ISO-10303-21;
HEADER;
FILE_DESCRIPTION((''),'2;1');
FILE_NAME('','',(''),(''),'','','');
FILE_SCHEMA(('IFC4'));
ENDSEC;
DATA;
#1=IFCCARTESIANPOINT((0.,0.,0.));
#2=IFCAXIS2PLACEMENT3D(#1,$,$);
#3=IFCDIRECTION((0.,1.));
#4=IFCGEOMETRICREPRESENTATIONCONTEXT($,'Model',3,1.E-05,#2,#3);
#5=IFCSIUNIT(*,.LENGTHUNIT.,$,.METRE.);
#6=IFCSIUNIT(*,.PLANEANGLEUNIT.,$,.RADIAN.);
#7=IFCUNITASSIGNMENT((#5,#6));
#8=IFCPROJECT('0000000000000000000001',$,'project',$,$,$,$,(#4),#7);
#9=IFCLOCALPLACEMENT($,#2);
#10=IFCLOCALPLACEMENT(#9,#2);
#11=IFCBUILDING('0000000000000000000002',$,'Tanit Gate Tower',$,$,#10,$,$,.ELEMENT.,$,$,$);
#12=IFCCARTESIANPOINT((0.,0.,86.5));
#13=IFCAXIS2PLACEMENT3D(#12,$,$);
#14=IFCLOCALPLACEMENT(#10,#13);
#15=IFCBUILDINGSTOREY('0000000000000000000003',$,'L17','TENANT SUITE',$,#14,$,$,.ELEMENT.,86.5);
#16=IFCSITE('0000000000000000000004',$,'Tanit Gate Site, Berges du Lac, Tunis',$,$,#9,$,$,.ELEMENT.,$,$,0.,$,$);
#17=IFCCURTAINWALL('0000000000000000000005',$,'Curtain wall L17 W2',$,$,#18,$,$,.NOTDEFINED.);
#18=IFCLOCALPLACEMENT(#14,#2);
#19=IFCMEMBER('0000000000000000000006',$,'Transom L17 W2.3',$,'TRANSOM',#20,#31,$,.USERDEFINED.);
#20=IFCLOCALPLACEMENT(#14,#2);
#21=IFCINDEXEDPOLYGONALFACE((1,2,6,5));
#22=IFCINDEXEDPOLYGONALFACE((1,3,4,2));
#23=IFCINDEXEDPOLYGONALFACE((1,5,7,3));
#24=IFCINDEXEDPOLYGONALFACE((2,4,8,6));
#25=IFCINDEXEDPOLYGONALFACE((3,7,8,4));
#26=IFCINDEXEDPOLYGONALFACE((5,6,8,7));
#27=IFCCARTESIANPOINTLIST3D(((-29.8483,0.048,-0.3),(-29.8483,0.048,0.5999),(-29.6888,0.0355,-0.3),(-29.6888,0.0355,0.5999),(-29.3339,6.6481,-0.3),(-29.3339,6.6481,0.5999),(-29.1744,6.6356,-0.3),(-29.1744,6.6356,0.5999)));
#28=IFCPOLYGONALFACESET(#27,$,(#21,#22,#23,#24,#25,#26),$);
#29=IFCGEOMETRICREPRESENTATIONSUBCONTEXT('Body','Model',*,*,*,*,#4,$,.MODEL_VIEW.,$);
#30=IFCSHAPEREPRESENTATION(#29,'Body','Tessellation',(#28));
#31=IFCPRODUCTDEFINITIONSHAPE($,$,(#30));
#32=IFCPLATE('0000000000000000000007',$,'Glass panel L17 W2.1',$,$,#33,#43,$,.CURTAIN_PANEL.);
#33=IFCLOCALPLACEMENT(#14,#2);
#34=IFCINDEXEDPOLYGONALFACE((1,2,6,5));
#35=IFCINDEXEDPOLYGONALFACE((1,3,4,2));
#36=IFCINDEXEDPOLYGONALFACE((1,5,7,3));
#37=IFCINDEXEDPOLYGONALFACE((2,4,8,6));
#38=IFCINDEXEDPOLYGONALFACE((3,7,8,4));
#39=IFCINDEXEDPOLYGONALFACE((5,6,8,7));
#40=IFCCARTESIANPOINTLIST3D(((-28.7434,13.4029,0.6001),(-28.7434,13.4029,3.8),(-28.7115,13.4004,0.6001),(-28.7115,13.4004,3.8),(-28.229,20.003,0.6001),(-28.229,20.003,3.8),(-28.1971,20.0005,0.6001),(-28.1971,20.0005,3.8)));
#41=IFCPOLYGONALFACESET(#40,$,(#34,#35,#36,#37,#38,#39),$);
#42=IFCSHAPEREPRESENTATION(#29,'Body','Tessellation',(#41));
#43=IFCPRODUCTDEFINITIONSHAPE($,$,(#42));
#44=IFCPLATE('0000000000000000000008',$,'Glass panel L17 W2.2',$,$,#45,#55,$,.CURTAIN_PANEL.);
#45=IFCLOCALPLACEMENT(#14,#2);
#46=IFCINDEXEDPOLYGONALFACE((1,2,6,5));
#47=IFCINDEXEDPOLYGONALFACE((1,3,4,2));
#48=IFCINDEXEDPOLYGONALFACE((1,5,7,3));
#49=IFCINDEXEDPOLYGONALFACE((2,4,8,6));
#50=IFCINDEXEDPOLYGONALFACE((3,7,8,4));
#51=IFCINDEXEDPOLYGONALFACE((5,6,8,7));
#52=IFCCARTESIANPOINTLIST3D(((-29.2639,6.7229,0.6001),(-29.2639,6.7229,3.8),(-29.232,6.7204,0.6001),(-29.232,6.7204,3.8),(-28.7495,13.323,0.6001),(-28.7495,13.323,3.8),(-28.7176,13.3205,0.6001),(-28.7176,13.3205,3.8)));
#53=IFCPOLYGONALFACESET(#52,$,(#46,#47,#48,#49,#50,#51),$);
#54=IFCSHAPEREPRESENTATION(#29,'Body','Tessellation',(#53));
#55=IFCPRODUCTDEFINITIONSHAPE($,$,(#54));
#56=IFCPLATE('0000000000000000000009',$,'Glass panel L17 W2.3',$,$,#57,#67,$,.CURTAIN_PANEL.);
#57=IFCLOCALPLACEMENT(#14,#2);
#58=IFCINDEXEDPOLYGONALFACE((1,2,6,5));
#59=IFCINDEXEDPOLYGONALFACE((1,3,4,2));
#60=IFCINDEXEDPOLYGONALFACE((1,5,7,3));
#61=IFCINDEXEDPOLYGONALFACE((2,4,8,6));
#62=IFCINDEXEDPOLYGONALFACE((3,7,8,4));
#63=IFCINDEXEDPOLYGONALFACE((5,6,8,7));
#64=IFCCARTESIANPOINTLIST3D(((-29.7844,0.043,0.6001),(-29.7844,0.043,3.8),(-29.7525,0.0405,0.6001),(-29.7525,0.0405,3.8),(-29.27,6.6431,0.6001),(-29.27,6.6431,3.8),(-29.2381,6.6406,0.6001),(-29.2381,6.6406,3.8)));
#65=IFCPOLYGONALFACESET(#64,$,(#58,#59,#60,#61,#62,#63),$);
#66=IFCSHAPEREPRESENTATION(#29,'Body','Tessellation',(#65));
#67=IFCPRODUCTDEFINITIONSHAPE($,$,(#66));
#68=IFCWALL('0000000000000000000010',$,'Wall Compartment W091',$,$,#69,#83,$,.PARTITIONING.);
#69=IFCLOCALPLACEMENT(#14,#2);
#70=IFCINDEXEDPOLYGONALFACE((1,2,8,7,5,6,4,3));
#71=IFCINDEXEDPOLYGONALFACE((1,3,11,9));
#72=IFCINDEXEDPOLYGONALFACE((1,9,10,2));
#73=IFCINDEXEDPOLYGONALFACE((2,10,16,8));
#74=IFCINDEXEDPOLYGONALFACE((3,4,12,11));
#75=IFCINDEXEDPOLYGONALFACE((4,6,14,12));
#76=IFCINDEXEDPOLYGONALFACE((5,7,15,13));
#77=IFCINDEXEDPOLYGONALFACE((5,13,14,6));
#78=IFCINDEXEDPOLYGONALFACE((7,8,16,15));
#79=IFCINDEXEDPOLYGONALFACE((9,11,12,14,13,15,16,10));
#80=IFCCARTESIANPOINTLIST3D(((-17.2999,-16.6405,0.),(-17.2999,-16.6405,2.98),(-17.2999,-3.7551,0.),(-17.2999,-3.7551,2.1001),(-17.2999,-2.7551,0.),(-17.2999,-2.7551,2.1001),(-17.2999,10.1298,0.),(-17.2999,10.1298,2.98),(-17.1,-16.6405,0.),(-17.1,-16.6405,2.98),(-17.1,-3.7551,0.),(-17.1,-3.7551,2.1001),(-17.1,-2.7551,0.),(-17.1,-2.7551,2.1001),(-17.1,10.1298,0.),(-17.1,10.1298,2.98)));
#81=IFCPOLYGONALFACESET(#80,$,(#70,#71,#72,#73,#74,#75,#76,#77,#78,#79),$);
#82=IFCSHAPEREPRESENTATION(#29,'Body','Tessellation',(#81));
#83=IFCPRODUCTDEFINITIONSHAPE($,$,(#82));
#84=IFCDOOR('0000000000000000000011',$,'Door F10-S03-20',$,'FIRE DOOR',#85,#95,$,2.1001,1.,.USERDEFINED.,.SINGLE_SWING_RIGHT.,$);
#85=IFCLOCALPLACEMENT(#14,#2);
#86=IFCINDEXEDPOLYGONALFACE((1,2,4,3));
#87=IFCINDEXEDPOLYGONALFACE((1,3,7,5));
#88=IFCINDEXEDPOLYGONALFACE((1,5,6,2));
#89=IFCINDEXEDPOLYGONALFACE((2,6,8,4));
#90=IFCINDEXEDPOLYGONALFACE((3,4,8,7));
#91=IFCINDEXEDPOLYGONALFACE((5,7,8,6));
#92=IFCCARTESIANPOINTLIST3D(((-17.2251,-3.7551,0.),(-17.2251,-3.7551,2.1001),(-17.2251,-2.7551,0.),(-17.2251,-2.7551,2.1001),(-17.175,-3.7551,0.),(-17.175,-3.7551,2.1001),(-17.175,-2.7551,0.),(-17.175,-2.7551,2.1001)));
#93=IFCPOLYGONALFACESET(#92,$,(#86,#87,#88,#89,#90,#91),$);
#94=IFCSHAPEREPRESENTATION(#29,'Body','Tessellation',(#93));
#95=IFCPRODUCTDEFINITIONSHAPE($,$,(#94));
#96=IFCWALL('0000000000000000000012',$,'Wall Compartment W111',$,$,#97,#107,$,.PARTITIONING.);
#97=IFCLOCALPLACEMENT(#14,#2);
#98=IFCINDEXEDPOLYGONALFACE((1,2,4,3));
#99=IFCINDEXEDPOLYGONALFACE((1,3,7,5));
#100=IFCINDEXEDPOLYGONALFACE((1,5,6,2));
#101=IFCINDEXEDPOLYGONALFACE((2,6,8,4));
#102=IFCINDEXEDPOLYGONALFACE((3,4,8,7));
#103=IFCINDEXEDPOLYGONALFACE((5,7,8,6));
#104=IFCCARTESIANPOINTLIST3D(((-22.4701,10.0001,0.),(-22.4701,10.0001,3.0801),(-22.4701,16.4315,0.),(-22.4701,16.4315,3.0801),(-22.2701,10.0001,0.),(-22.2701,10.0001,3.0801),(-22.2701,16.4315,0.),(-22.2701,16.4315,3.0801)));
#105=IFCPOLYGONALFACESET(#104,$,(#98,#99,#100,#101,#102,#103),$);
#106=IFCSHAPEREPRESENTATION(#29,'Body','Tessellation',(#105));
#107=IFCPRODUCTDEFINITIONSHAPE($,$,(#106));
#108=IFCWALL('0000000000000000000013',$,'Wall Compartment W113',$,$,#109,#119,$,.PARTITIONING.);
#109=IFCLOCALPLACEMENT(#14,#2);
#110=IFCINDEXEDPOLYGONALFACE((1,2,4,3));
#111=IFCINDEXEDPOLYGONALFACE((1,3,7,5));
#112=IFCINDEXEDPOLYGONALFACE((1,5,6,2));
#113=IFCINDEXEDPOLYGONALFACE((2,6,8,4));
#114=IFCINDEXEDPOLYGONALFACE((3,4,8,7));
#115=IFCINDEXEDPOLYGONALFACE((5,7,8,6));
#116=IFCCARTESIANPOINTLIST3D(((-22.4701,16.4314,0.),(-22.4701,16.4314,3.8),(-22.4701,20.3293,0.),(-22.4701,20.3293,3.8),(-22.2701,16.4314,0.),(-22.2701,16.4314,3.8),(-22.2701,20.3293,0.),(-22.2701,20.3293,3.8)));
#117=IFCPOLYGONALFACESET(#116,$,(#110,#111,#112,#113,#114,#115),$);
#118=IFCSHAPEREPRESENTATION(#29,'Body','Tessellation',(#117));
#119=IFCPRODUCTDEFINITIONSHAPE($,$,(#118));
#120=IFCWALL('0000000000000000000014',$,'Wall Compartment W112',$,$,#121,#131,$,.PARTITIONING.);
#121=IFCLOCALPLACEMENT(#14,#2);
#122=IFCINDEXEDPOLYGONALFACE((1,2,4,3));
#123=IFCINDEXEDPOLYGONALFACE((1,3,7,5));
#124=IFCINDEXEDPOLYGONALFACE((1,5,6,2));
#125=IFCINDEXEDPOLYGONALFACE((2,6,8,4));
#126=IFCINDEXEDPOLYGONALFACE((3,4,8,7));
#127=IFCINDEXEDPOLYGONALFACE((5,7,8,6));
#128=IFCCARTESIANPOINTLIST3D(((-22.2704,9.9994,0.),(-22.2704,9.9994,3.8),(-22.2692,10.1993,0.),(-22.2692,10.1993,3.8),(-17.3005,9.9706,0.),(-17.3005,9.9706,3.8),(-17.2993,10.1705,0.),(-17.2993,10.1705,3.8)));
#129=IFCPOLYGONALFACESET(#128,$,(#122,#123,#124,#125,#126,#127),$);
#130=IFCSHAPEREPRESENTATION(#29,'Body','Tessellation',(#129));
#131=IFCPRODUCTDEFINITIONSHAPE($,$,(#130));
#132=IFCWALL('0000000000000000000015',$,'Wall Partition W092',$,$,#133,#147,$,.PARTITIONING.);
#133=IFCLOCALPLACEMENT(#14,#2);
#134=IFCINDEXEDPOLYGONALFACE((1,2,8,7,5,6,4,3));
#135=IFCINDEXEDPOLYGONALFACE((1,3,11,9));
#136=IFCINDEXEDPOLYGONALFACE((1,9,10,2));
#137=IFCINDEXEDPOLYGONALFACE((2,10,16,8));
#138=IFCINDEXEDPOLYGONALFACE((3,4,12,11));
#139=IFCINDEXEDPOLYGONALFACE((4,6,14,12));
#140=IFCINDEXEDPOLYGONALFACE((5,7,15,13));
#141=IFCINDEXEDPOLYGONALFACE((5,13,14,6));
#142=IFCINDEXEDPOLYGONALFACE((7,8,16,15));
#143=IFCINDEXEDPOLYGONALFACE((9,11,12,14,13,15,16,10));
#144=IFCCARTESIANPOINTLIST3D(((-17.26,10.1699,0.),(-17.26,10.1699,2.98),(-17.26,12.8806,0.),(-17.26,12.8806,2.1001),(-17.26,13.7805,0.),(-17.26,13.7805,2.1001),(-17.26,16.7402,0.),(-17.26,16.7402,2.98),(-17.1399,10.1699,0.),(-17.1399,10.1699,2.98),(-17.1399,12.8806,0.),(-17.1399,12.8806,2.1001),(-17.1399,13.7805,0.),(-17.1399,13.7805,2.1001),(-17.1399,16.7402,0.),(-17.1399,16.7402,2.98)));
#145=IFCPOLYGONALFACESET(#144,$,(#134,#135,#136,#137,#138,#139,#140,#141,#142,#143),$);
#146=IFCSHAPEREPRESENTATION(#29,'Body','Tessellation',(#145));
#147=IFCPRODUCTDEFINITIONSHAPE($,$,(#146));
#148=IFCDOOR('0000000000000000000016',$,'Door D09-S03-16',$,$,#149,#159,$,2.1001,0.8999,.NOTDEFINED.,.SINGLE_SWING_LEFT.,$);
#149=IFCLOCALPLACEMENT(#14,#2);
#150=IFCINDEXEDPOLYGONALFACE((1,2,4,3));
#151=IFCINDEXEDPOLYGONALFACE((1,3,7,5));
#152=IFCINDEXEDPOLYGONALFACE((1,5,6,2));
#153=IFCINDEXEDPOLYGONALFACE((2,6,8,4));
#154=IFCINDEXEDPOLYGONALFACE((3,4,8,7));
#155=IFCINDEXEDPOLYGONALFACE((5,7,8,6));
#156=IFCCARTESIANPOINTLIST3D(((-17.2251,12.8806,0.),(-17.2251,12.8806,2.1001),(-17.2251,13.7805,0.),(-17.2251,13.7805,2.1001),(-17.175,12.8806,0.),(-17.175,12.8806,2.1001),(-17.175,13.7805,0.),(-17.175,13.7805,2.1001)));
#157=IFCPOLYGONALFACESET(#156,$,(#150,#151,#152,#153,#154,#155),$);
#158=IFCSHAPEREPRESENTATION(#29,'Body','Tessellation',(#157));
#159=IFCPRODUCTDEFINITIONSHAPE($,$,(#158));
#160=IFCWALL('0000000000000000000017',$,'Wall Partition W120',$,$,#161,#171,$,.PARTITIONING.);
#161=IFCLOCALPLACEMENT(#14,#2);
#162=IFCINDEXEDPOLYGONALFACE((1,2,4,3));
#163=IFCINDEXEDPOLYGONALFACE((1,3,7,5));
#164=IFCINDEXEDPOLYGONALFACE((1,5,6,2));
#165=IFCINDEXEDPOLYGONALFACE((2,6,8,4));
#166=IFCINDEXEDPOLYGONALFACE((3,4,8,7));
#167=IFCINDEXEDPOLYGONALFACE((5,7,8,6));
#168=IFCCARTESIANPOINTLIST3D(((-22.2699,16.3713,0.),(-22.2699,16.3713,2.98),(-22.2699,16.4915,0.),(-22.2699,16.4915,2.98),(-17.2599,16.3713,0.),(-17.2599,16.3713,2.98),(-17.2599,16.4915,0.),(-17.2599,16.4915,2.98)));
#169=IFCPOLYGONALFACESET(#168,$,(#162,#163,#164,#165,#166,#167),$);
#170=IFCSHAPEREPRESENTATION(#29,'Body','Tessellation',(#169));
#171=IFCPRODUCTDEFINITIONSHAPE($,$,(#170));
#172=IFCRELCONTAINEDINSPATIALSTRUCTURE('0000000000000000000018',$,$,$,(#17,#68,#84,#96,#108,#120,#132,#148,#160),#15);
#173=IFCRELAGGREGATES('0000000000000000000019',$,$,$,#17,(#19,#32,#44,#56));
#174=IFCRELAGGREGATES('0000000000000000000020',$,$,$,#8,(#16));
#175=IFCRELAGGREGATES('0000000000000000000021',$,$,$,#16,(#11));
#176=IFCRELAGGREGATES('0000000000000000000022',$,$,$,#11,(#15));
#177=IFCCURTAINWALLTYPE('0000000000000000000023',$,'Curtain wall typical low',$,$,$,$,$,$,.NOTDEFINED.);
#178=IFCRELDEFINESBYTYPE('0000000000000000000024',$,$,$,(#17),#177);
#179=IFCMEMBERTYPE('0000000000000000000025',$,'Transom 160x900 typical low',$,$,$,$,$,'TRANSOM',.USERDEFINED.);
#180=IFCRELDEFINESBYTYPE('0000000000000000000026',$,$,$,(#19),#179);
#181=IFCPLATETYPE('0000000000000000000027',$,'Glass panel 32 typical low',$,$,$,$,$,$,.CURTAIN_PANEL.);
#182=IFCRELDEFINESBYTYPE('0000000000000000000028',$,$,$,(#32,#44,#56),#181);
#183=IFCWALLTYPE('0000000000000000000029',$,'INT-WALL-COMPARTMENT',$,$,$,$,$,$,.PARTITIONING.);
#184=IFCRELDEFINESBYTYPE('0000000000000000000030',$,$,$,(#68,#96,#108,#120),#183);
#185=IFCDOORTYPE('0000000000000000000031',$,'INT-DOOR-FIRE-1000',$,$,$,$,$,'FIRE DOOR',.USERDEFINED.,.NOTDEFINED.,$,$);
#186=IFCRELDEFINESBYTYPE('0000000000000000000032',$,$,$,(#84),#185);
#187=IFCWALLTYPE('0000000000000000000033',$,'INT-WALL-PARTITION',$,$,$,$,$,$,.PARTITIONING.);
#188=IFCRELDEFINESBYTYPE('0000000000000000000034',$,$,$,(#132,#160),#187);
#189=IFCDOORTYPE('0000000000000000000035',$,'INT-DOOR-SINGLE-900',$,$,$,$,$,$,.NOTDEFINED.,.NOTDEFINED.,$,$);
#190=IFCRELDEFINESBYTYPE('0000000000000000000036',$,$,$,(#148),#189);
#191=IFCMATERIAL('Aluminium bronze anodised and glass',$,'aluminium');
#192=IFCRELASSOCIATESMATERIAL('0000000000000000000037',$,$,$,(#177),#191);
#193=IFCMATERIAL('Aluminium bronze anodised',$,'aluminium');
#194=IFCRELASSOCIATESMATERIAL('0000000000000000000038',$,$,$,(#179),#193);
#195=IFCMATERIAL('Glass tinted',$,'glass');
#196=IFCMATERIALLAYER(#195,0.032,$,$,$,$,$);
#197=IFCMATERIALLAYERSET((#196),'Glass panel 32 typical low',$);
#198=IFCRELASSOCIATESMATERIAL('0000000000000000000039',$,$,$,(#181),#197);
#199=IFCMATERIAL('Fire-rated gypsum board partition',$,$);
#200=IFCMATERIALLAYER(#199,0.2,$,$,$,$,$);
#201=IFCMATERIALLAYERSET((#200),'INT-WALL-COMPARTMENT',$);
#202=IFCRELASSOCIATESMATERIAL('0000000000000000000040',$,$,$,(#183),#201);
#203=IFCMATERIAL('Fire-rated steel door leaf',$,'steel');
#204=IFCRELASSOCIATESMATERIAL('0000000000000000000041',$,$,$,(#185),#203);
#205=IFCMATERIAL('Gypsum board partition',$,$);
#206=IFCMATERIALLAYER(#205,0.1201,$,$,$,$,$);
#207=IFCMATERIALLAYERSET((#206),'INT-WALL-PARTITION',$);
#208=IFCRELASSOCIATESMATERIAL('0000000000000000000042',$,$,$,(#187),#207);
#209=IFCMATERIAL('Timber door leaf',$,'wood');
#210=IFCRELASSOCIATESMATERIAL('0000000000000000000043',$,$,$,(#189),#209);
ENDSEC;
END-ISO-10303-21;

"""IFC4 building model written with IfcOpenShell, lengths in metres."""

from ifc_helpers import new_model, si_unit, direction, frame, frame_2d, origin, origin_2d, place, context, subcontext, project, spatial, rectangle, extrude, material, layer, layer_set, material_profile, profile_set, type_object, element, fill, aggregate, save


model = new_model("IFC4")

# Units and contexts
model_context = context("Model", 3, precision=1e-05, world=origin(), true_north=direction((0.0, 1.0)))
body_context = subcontext(model_context, "Body", "Model", "MODEL_VIEW")
ifc_project = project(units=[si_unit("LENGTHUNIT", "METRE"), si_unit("PLANEANGLEUNIT", "RADIAN")], contexts=[model_context])

# Site, building, storey
site_placement = place(None, origin())
site = spatial("IfcSite", under=ifc_project, at=site_placement, Name="Tanit Gate Site, Berges du Lac, Tunis", CompositionType="ELEMENT", RefElevation=0.0)
building_placement = place(site_placement, origin())
building = spatial("IfcBuilding", under=site, at=building_placement, Name="Tanit Gate Tower", CompositionType="ELEMENT")
storey_placement = place(building_placement, frame((0.0, 0.0, 86.5)))
storey = spatial("IfcBuildingStorey", under=building, at=storey_placement, Name="L17", Description="TENANT SUITE", CompositionType="ELEMENT", Elevation=86.5)

# Curtain wall
ifc_material_1 = material(Name="Aluminium bronze anodised and glass", Category="aluminium")
curtain_wall_type = type_object("IfcCurtainWallType", Name="Curtain wall typical low", PredefinedType="NOTDEFINED", material=ifc_material_1)
curtain_wall_placement = place(storey_placement, origin())
curtain_wall = element("IfcCurtainWall", 1, at=curtain_wall_placement, inside=storey, type_object=curtain_wall_type, Name="Curtain wall L17 W2", PredefinedType="NOTDEFINED")

# Member
ifc_material_2 = material(Name="Aluminium bronze anodised", Category="aluminium")
ifc_material_profile_1 = material_profile(ifc_material_2, rectangle(XDim=0.1599, YDim=0.8999, at=origin_2d()), Name="160x900 bronze transom")
ifc_profile_set_1 = profile_set([ifc_material_profile_1], Name="Aluminium bronze anodised")
member_type_1 = type_object("IfcMemberType", Name="Transom 160x900 typical low", ElementType="TRANSOM", PredefinedType="USERDEFINED", material=ifc_profile_set_1)
member_1_placement = place(storey_placement, frame((-29.2542, 6.6418, 0.1499), z_axis=(-0.077703, -0.996977, 0.0), x_axis=(0.996977, -0.077703, 0.0)))
member_1 = element("IfcMember", 2, at=member_1_placement, type_object=member_type_1, Name="Transom L17 W2.3", ObjectType="TRANSOM", PredefinedType="USERDEFINED", context=body_context, shape_type="SweptSolid", body=[
    extrude(rectangle(XDim=0.1599, YDim=0.8999, at=origin_2d()), origin(), (0.0, 0.0, 1.0), 6.6201),
])

# Plates
ifc_material_3 = material(Name="Glass tinted", Category="glass")
ifc_layer_1 = layer(ifc_material_3, 0.032)
ifc_layer_set_1 = layer_set([ifc_layer_1], Name="Glass panel 32 typical low")
plate_type = type_object("IfcPlateType", Name="Glass panel 32 typical low", PredefinedType="CURTAIN_PANEL", material=ifc_layer_set_1)
plate_1_placement = place(storey_placement, frame((-28.4702, 16.7017, 0.6001), z_axis=(0.0, 0.0, 1.0), x_axis=(-0.077701, -0.996977, 0.0)))
plate_1 = element("IfcPlate", 3, at=plate_1_placement, type_object=plate_type, Name="Glass panel L17 W2.1", PredefinedType="CURTAIN_PANEL", context=body_context, shape_type="SweptSolid", body=[
    extrude(rectangle(XDim=6.6201, YDim=0.032, at=origin_2d()), origin(), (0.0, 0.0, 1.0), 3.2),
])
plate_2_placement = place(storey_placement, frame((-28.9907, 10.0217, 0.6001), z_axis=(0.0, 0.0, 1.0), x_axis=(-0.077701, -0.996977, 0.0)))
plate_2 = element("IfcPlate", 4, at=plate_2_placement, type_object=plate_type, Name="Glass panel L17 W2.2", PredefinedType="CURTAIN_PANEL", context=body_context, shape_type="SweptSolid", body=[
    extrude(rectangle(XDim=6.6201, YDim=0.032, at=origin_2d()), origin(), (0.0, 0.0, 1.0), 3.2),
])
plate_3_placement = place(storey_placement, frame((-29.5112, 3.3418, 0.6001), z_axis=(0.0, 0.0, 1.0), x_axis=(-0.077701, -0.996977, 0.0)))
plate_3 = element("IfcPlate", 5, at=plate_3_placement, type_object=plate_type, Name="Glass panel L17 W2.3", PredefinedType="CURTAIN_PANEL", context=body_context, shape_type="SweptSolid", body=[
    extrude(rectangle(XDim=6.6201, YDim=0.032, at=origin_2d()), origin(), (0.0, 0.0, 1.0), 3.2),
])
aggregate(curtain_wall, [member_1, plate_1, plate_2, plate_3])

# Wall, opening, door
ifc_material_4 = material(Name="Fire-rated gypsum board partition")
ifc_layer_2 = layer(ifc_material_4, 0.2)
ifc_layer_set_2 = layer_set([ifc_layer_2], Name="INT-WALL-COMPARTMENT")
wall_type_1 = type_object("IfcWallType", Name="INT-WALL-COMPARTMENT", PredefinedType="PARTITIONING", material=ifc_layer_set_2)
wall_1_placement = place(storey_placement, frame((-17.2, 10.1299, 0.0), z_axis=(0.0, 0.0, 1.0), x_axis=(0.0, -1.0, 0.0)))
wall_1 = element("IfcWall", 6, at=wall_1_placement, inside=storey, type_object=wall_type_1, Name="Wall Compartment W091", PredefinedType="PARTITIONING", context=body_context, shape_type="SweptSolid", body=[
    extrude(rectangle(XDim=26.7703, YDim=0.2, at=frame_2d((13.3853, 0.0))), origin(), (0.0, 0.0, 1.0), 2.98),
])
opening_1_placement = place(wall_1_placement, frame((12.885, 0.0, 0.0)))
opening_1 = element("IfcOpeningElement", 7, at=opening_1_placement, cuts=wall_1, PredefinedType="OPENING", context=body_context, shape_type="SweptSolid", body=[
    extrude(rectangle(XDim=1.0, YDim=2.1001, at=frame_2d((0.5, 1.05))), frame((0.0, 0.1099, 0.0), z_axis=(0.0, -1.0, 0.0), x_axis=(1.0, 0.0, 0.0)), (0.0, 0.0, 1.0), 0.22),
])
ifc_material_5 = material(Name="Fire-rated steel door leaf", Category="steel")
door_type_1 = type_object("IfcDoorType", Name="INT-DOOR-FIRE-1000", ElementType="FIRE DOOR", OperationType="NOTDEFINED", PredefinedType="USERDEFINED", material=ifc_material_5)
door_1_placement = place(opening_1_placement, origin())
door_1 = element("IfcDoor", 8, at=door_1_placement, inside=storey, type_object=door_type_1, Name="Door F10-S03-20", ObjectType="FIRE DOOR", OperationType="SINGLE_SWING_RIGHT", OverallHeight=2.1001, OverallWidth=1.0, PredefinedType="USERDEFINED", context=body_context, shape_type="SweptSolid", body=[
    extrude(rectangle(XDim=1.0, YDim=2.1001, at=frame_2d((0.5, 1.05))), frame((0.0, 0.0249, 0.0), z_axis=(0.0, -1.0, 0.0), x_axis=(1.0, 0.0, 0.0)), (0.0, 0.0, 1.0), 0.05),
])
fill(opening_1, door_1)

# Walls
wall_2_placement = place(storey_placement, frame((-22.3701, 10.0, 0.0), z_axis=(0.0, 0.0, 1.0), x_axis=(0.0, 1.0, 0.0)))
element("IfcWall", 9, at=wall_2_placement, inside=storey, type_object=wall_type_1, Name="Wall Compartment W111", PredefinedType="PARTITIONING", context=body_context, shape_type="SweptSolid", body=[
    extrude(rectangle(XDim=6.4314, YDim=0.2, at=frame_2d((3.2158, 0.0))), origin(), (0.0, 0.0, 1.0), 3.0801),
])
wall_3_placement = place(storey_placement, frame((-22.3701, 16.4314, 0.0), z_axis=(0.0, 0.0, 1.0), x_axis=(0.0, 1.0, 0.0)))
element("IfcWall", 10, at=wall_3_placement, inside=storey, type_object=wall_type_1, Name="Wall Compartment W113", PredefinedType="PARTITIONING", context=body_context, shape_type="SweptSolid", body=[
    extrude(rectangle(XDim=3.8979, YDim=0.2, at=frame_2d((1.949, 0.0))), origin(), (0.0, 0.0, 1.0), 3.8),
])
wall_4_placement = place(storey_placement, frame((-17.3, 10.0706, 0.0), z_axis=(0.0, 0.0, 1.0), x_axis=(-0.999983, 0.005796, 0.0)))
element("IfcWall", 11, at=wall_4_placement, inside=storey, type_object=wall_type_1, Name="Wall Compartment W112", PredefinedType="PARTITIONING", context=body_context, shape_type="SweptSolid", body=[
    extrude(rectangle(XDim=4.97, YDim=0.2, at=frame_2d((2.4849, 0.0))), origin(), (0.0, 0.0, 1.0), 3.8),
])

# Wall, opening, door
ifc_material_6 = material(Name="Gypsum board partition")
ifc_layer_3 = layer(ifc_material_6, 0.1201)
ifc_layer_set_3 = layer_set([ifc_layer_3], Name="INT-WALL-PARTITION")
wall_type_2 = type_object("IfcWallType", Name="INT-WALL-PARTITION", PredefinedType="PARTITIONING", material=ifc_layer_set_3)
wall_5_placement = place(storey_placement, frame((-17.2, 16.7402, 0.0), z_axis=(0.0, 0.0, 1.0), x_axis=(0.0, -1.0, 0.0)))
wall_5 = element("IfcWall", 12, at=wall_5_placement, inside=storey, type_object=wall_type_2, Name="Wall Partition W092", PredefinedType="PARTITIONING", context=body_context, shape_type="SweptSolid", body=[
    extrude(rectangle(XDim=6.5703, YDim=0.1201, at=frame_2d((3.2852, 0.0))), origin(), (0.0, 0.0, 1.0), 2.98),
])
opening_2_placement = place(wall_5_placement, frame((2.9597, 0.0, 0.0)))
opening_2 = element("IfcOpeningElement", 13, at=opening_2_placement, cuts=wall_5, PredefinedType="OPENING", context=body_context, shape_type="SweptSolid", body=[
    extrude(rectangle(XDim=0.8999, YDim=2.1001, at=frame_2d((0.45, 1.05))), frame((0.0, 0.0701, 0.0), z_axis=(0.0, -1.0, 0.0), x_axis=(1.0, 0.0, 0.0)), (0.0, 0.0, 1.0), 0.1401),
])
ifc_material_7 = material(Name="Timber door leaf", Category="wood")
door_type_2 = type_object("IfcDoorType", Name="INT-DOOR-SINGLE-900", OperationType="NOTDEFINED", PredefinedType="NOTDEFINED", material=ifc_material_7)
door_2_placement = place(opening_2_placement, origin())
door_2 = element("IfcDoor", 14, at=door_2_placement, inside=storey, type_object=door_type_2, Name="Door D09-S03-16", OperationType="SINGLE_SWING_LEFT", OverallHeight=2.1001, OverallWidth=0.8999, PredefinedType="NOTDEFINED", context=body_context, shape_type="SweptSolid", body=[
    extrude(rectangle(XDim=0.8999, YDim=2.1001, at=frame_2d((0.45, 1.05))), frame((0.0, 0.0249, 0.0), z_axis=(0.0, -1.0, 0.0), x_axis=(1.0, 0.0, 0.0)), (0.0, 0.0, 1.0), 0.05),
])
fill(opening_2, door_2)

# Wall
wall_6_placement = place(storey_placement, frame((-17.26, 16.4314, 0.0), z_axis=(0.0, 0.0, 1.0), x_axis=(-1.0, 0.0, 0.0)))
element("IfcWall", 15, at=wall_6_placement, inside=storey, type_object=wall_type_2, Name="Wall Partition W120", PredefinedType="PARTITIONING", context=body_context, shape_type="SweptSolid", body=[
    extrude(rectangle(XDim=5.01, YDim=0.1201, at=frame_2d((2.5049, 0.0))), origin(), (0.0, 0.0, 1.0), 2.98),
])

save(model, "model.ifc")
